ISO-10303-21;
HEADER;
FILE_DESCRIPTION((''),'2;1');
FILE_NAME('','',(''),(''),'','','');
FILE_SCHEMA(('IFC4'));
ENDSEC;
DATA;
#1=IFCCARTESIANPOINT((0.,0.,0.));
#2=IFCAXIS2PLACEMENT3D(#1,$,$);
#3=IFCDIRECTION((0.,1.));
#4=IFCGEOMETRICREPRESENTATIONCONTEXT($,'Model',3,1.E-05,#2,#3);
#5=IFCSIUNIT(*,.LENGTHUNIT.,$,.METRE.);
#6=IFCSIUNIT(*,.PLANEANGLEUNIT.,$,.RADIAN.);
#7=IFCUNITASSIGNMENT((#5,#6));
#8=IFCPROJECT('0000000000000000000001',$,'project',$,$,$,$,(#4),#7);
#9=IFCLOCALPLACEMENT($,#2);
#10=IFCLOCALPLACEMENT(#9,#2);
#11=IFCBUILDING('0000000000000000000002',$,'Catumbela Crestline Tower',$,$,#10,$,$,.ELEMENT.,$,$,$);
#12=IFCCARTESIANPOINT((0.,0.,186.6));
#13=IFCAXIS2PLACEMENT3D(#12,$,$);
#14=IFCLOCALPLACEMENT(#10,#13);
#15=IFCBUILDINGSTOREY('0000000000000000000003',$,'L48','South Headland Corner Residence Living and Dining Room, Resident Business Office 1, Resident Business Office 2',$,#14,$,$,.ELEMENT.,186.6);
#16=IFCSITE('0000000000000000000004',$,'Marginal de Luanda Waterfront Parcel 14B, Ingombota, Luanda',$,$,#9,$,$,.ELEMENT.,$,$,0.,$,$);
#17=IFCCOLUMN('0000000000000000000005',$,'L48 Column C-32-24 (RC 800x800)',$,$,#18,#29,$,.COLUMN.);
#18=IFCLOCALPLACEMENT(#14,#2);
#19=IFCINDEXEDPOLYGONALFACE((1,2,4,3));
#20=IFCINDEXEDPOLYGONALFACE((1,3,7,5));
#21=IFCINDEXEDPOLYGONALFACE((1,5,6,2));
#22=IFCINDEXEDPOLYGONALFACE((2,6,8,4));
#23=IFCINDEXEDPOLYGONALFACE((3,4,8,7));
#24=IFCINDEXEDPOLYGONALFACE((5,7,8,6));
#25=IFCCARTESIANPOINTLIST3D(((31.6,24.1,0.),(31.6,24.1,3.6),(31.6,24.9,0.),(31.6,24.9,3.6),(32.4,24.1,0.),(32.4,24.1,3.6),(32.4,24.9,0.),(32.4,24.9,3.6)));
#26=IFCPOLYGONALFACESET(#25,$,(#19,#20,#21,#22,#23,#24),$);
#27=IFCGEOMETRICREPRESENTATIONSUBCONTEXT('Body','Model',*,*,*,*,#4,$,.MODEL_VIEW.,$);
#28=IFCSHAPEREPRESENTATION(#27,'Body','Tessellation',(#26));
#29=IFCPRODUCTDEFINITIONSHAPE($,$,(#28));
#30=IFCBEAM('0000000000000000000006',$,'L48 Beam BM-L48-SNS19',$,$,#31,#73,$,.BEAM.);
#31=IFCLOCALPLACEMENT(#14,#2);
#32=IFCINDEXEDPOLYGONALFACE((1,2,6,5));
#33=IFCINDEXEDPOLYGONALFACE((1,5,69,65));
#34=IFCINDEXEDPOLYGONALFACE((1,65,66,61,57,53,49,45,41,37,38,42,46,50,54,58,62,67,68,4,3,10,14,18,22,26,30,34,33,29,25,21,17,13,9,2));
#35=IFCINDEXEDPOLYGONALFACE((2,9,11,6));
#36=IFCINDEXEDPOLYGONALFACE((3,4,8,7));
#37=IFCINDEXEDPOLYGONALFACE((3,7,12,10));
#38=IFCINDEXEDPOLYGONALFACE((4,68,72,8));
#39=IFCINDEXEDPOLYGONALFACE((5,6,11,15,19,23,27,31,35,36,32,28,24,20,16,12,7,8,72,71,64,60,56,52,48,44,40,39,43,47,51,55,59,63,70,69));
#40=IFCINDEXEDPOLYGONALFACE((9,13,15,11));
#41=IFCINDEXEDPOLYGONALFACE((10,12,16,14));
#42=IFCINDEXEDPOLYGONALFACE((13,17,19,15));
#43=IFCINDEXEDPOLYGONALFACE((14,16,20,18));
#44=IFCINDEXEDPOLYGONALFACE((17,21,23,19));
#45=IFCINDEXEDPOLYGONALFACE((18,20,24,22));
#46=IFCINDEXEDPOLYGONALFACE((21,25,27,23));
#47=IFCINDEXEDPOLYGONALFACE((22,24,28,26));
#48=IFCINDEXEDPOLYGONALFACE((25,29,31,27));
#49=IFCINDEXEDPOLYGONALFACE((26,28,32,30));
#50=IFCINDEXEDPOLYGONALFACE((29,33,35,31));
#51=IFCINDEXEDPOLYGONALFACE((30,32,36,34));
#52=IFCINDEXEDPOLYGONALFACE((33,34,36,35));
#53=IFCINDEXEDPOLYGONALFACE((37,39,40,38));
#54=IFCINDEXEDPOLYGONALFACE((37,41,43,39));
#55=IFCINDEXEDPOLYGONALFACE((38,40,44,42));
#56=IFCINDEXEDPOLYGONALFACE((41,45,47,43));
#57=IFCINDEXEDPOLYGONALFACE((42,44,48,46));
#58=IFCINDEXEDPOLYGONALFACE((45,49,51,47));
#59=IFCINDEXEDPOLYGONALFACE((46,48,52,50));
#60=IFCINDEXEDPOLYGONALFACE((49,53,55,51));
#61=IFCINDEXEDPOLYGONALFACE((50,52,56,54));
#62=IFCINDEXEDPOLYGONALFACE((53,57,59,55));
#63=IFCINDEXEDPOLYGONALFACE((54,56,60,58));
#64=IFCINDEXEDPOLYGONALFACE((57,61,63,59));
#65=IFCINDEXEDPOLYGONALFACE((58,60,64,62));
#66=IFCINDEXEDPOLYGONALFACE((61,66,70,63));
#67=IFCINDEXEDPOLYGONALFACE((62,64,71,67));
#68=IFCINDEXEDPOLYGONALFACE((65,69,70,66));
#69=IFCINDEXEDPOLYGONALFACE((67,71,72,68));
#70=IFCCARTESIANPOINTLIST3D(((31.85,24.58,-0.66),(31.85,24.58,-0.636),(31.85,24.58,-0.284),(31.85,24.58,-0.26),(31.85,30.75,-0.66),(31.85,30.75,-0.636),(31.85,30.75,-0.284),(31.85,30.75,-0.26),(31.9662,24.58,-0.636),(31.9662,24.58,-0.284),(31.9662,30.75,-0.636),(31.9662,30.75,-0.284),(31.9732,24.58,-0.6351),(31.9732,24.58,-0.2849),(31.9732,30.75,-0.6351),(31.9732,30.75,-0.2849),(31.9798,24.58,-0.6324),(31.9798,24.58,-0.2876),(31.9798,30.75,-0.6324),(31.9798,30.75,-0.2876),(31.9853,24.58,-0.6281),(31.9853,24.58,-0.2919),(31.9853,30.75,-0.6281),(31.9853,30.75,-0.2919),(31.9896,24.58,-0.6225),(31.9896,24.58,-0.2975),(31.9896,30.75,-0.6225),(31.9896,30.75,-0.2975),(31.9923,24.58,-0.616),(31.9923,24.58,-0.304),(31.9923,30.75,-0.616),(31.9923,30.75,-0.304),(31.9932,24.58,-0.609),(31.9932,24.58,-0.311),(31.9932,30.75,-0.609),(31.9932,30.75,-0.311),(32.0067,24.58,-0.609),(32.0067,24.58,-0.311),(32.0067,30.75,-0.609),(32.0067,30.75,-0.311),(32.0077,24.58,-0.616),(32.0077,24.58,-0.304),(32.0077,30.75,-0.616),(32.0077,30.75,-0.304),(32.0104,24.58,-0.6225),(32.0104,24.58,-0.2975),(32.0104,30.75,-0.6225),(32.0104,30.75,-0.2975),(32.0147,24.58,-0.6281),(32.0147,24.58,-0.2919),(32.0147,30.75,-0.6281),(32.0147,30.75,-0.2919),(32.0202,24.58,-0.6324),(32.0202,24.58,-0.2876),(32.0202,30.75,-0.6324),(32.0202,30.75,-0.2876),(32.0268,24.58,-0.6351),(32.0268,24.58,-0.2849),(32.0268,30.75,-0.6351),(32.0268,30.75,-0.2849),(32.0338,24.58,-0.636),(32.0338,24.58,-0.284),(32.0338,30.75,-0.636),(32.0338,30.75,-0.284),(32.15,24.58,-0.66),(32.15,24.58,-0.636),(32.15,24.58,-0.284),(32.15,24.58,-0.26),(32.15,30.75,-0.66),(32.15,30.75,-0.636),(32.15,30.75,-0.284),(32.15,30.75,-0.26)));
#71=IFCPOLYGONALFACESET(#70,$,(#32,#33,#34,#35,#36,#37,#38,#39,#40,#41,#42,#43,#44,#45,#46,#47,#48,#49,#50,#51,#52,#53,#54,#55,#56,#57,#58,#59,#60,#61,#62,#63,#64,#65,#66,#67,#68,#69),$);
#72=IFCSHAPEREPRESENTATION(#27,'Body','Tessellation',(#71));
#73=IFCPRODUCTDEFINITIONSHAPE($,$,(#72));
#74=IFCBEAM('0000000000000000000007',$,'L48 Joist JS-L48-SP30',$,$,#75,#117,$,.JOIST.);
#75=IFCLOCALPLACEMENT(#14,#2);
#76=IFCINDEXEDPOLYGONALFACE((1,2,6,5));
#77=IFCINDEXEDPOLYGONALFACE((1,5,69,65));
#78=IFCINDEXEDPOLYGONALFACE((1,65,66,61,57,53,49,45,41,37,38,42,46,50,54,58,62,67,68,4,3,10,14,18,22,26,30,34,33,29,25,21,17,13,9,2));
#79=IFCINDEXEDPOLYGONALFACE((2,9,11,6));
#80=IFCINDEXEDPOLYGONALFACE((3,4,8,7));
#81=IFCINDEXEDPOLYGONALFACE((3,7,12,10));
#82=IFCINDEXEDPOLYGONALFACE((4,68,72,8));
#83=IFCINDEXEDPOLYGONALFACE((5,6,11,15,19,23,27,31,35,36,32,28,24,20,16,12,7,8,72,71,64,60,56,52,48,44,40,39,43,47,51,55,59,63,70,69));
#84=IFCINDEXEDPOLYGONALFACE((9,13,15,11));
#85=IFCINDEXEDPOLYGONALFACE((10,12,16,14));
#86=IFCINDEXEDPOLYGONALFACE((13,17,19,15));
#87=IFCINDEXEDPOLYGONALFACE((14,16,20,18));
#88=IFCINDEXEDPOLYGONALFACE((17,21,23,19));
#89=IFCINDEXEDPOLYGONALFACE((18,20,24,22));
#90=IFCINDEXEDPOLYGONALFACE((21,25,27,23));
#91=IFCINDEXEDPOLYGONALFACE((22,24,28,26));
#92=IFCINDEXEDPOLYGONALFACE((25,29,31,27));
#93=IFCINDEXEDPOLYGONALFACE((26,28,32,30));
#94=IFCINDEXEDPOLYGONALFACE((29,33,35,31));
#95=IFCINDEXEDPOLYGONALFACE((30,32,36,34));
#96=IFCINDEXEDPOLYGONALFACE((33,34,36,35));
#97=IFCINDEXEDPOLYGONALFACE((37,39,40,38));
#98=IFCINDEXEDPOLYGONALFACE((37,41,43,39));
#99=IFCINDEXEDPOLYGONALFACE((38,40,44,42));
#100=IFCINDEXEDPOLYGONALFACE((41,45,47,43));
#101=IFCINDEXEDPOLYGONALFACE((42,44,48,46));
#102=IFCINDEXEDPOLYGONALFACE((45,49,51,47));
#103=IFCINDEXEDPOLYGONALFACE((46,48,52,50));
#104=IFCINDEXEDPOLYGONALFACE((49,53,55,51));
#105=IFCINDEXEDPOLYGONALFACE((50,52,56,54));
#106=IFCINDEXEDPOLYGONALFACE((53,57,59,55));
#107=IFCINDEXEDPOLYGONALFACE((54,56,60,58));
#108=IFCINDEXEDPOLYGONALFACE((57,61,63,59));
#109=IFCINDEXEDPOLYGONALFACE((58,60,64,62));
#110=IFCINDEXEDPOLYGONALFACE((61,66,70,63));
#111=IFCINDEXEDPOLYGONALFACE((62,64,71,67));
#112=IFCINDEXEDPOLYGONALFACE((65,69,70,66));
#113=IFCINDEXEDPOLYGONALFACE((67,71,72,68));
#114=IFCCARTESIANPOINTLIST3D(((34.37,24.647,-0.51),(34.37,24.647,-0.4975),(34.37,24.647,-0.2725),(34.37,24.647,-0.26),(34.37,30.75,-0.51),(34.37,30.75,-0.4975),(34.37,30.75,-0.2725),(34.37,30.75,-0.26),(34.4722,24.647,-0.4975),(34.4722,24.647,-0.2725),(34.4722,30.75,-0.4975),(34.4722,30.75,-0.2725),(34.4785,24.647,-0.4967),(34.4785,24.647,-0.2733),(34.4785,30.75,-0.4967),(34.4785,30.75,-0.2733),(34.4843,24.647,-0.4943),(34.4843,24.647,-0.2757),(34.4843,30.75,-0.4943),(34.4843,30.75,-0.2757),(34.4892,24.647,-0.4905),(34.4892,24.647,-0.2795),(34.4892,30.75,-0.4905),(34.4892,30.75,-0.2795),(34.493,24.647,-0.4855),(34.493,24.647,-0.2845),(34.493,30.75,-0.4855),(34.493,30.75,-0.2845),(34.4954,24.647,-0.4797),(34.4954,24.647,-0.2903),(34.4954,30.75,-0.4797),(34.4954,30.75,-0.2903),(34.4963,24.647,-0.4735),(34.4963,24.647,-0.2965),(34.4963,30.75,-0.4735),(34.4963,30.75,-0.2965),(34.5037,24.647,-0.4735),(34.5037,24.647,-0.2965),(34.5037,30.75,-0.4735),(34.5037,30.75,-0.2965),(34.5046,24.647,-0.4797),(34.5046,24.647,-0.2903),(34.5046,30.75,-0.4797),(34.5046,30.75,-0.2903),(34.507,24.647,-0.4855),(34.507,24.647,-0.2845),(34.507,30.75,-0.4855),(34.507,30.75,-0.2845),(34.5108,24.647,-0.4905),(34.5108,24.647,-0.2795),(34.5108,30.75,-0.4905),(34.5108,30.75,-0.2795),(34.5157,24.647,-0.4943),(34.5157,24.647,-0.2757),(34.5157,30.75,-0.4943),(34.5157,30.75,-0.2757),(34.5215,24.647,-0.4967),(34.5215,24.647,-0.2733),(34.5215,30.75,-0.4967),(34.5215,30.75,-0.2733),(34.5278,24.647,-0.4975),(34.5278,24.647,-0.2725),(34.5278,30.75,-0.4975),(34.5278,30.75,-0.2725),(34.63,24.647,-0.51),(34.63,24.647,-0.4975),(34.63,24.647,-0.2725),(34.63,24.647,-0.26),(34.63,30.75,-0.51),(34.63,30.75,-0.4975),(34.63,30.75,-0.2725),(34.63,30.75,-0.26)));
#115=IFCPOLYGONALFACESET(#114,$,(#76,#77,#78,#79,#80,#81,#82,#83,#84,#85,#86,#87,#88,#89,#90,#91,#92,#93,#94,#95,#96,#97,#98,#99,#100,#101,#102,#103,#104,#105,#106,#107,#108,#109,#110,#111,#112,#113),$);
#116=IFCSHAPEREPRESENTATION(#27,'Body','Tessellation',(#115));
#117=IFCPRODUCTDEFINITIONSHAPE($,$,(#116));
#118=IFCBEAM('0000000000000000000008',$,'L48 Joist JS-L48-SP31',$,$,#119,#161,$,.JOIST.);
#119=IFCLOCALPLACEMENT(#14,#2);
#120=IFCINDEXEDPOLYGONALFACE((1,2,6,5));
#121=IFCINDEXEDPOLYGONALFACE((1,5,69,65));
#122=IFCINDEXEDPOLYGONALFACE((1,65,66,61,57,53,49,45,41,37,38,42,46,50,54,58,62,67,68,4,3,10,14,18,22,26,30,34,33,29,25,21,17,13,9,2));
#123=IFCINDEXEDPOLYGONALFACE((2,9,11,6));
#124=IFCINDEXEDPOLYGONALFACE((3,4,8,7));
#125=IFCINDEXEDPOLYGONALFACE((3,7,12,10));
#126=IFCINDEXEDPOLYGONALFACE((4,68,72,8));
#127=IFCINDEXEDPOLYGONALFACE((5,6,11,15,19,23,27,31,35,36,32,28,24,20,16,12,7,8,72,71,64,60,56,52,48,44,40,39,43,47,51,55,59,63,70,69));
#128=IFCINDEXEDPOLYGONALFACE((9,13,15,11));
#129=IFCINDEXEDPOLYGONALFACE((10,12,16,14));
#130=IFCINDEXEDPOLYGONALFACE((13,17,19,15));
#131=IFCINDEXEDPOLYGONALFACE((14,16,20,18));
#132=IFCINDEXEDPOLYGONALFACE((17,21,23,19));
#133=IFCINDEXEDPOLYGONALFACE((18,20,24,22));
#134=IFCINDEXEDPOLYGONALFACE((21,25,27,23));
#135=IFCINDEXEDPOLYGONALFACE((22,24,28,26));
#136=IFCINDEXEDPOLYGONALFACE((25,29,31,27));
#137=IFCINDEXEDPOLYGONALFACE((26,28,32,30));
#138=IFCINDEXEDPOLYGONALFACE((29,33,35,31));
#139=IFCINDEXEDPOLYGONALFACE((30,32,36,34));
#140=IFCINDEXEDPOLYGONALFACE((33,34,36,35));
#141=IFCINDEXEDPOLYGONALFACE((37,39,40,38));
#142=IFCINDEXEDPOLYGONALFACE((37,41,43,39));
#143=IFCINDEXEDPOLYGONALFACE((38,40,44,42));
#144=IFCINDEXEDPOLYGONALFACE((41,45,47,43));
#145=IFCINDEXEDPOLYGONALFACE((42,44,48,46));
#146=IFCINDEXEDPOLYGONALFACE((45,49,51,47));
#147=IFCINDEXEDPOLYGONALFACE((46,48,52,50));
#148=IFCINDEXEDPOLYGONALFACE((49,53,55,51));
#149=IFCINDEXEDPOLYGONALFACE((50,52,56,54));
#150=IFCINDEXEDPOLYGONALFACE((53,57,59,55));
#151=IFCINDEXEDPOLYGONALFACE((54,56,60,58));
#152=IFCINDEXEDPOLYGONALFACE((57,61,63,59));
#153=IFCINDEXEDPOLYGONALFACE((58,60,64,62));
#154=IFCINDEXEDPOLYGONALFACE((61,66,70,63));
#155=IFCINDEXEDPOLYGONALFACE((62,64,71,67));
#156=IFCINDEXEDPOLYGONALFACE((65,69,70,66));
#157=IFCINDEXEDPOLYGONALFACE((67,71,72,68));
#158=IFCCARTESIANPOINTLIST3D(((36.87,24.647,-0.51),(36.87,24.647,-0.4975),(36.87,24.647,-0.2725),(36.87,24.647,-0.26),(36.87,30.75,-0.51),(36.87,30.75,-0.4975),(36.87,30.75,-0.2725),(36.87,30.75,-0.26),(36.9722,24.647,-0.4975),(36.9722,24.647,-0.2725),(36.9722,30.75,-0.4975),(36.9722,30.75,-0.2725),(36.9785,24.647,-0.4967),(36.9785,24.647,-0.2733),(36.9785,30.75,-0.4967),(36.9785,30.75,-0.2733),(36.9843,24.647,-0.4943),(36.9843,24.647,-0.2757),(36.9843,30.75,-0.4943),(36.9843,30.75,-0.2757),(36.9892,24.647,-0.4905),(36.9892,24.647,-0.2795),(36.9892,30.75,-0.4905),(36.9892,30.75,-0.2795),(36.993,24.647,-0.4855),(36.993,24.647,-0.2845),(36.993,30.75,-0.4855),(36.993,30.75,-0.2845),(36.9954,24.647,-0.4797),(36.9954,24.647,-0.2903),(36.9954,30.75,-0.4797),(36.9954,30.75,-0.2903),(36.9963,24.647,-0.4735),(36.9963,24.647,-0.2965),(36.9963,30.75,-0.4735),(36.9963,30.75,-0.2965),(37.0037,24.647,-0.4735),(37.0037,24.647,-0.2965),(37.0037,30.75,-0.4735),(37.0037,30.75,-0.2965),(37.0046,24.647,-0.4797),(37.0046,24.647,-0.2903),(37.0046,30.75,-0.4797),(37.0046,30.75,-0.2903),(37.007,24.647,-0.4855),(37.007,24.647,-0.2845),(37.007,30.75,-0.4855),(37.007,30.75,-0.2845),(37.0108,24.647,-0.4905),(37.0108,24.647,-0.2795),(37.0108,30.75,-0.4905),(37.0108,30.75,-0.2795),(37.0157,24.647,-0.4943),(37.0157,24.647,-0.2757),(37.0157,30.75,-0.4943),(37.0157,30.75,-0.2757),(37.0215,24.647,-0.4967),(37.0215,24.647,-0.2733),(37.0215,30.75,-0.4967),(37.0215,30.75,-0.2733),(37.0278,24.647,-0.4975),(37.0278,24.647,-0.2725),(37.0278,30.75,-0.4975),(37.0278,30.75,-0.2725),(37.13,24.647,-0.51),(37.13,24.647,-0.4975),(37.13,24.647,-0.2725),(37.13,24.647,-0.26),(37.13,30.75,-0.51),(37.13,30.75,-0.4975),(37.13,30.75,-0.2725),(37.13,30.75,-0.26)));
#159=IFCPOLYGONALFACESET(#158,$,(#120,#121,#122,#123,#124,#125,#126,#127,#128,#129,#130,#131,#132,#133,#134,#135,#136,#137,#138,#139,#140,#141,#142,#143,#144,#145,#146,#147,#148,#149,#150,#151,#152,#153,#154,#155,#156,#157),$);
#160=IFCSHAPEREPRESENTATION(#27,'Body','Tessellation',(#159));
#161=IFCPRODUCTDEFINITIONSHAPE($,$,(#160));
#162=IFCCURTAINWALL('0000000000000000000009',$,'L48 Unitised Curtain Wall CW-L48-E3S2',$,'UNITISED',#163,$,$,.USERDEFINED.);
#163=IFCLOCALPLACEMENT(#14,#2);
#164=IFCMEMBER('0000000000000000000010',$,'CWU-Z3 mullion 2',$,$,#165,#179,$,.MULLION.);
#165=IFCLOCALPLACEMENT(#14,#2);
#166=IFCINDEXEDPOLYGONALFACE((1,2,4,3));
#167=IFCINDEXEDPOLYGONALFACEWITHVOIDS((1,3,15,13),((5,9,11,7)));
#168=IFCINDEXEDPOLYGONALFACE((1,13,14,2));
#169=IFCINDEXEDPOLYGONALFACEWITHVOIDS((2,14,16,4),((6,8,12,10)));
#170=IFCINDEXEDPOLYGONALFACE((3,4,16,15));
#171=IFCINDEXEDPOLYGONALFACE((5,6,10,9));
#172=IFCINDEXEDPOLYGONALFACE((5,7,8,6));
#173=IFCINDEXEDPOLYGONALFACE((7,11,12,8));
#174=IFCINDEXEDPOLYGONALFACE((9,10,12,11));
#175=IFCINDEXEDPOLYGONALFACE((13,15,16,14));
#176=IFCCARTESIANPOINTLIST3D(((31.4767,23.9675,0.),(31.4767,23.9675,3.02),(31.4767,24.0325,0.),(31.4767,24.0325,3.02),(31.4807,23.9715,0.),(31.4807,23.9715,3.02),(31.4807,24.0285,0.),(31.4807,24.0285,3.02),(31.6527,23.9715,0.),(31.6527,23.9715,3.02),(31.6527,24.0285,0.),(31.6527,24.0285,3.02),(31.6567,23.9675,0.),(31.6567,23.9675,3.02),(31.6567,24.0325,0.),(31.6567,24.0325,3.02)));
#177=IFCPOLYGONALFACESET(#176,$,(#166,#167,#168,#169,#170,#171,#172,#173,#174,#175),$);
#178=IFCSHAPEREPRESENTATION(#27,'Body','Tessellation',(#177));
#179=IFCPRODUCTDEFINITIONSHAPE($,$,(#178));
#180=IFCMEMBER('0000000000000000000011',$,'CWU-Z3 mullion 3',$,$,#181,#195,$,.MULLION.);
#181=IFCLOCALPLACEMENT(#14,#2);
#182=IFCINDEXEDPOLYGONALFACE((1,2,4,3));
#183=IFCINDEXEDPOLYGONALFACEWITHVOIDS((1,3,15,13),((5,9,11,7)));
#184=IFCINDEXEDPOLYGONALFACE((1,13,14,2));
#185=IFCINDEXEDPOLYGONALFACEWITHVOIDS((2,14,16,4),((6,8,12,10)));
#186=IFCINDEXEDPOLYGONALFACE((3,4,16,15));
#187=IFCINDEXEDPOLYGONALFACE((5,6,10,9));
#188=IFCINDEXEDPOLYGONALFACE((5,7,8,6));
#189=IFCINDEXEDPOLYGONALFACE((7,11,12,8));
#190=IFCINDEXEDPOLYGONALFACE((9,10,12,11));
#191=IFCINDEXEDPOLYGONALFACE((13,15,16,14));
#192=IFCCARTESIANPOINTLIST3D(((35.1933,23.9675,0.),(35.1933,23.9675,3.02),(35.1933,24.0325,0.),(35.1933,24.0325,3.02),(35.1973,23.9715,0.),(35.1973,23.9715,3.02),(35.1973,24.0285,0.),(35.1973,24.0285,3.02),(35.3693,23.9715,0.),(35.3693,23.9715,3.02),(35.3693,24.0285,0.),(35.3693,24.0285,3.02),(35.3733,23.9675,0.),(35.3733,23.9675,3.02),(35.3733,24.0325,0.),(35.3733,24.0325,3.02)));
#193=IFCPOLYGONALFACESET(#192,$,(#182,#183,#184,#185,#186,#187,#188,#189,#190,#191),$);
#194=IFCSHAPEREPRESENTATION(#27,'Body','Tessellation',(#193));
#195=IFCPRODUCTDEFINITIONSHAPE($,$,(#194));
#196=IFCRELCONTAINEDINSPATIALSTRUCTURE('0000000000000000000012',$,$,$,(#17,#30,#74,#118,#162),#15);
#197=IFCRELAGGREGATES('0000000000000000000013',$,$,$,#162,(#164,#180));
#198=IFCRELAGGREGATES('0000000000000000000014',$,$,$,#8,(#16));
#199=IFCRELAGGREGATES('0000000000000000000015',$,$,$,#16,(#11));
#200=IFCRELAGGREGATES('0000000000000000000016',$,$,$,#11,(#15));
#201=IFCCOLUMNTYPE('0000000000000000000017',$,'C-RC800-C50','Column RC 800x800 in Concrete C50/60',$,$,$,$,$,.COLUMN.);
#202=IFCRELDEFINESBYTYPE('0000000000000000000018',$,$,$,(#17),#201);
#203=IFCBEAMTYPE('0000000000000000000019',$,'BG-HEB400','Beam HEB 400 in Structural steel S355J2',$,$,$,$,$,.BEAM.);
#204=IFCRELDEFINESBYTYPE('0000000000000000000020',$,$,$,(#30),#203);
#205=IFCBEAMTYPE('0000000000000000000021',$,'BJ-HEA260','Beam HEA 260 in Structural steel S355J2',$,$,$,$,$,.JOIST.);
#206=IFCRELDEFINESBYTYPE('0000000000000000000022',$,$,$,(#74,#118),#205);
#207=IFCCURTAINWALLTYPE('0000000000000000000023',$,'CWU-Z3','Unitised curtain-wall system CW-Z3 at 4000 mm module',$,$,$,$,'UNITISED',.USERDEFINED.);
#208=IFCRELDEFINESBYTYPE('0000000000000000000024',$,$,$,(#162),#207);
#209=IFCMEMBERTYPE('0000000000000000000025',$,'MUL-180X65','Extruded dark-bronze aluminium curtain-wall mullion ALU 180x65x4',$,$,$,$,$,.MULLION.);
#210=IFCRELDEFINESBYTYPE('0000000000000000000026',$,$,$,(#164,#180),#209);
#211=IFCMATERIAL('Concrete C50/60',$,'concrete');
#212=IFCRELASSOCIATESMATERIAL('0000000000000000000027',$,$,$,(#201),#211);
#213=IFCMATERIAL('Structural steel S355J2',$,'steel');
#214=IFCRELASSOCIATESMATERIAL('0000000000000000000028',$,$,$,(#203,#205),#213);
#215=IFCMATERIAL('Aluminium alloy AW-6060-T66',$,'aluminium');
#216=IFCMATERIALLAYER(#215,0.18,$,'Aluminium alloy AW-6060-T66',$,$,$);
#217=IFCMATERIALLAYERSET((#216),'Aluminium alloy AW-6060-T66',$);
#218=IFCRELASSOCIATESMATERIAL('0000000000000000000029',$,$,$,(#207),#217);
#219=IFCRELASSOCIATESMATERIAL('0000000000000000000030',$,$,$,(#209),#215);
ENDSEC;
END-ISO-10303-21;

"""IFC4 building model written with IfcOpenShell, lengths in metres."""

from ifc_helpers import new_model, si_unit, direction, frame, origin, origin_2d, place, context, subcontext, project, spatial, rectangle, hollow_rectangle, i_section, extrude, material, layer, layer_set, material_profile, profile_set, type_object, element, aggregate, save


model = new_model("IFC4")

# Units and contexts
model_context = context("Model", 3, precision=1e-05, world=origin(), true_north=direction((0.0, 1.0)))
body_context = subcontext(model_context, "Body", "Model", "MODEL_VIEW")
ifc_project = project(units=[si_unit("LENGTHUNIT", "METRE"), si_unit("PLANEANGLEUNIT", "RADIAN")], contexts=[model_context])

# Site, building, storey
site_placement = place(None, origin())
site = spatial("IfcSite", under=ifc_project, at=site_placement, Name="Marginal de Luanda Waterfront Parcel 14B, Ingombota, Luanda", CompositionType="ELEMENT", RefElevation=0.0)
building_placement = place(site_placement, origin())
building = spatial("IfcBuilding", under=site, at=building_placement, Name="Catumbela Crestline Tower", CompositionType="ELEMENT")
storey_placement = place(building_placement, frame((0.0, 0.0, 186.6)))
storey = spatial("IfcBuildingStorey", under=building, at=storey_placement, Name="L48", Description="South Headland Corner Residence Living and Dining Room, Resident Business Office 1, Resident Business Office 2", CompositionType="ELEMENT", Elevation=186.6)

# Column
ifc_material_1 = material(Name="Concrete C50/60", Category="concrete")
ifc_material_profile_1 = material_profile(ifc_material_1, rectangle(XDim=0.8, YDim=0.8, at=origin_2d()), Name="RC 800x800")
ifc_profile_set_1 = profile_set([ifc_material_profile_1], Name="Concrete C50/60")
column_type = type_object("IfcColumnType", Name="C-RC800-C50", Description="Column RC 800x800 in Concrete C50/60", PredefinedType="COLUMN", material=ifc_profile_set_1)
column_placement = place(storey_placement, frame((32.0, 24.5, 0.0), z_axis=(0.0, 0.0, 1.0), x_axis=(1.0, 0.0, 0.0)))
element("IfcColumn", 1, at=column_placement, inside=storey, type_object=column_type, Name="L48 Column C-32-24 (RC 800x800)", PredefinedType="COLUMN", context=body_context, shape_type="SweptSolid", body=[
    extrude(rectangle(XDim=0.8, YDim=0.8, at=origin_2d()), origin(), (0.0, 0.0, 1.0), 3.6),
])

# Beams
ifc_material_2 = material(Name="Structural steel S355J2", Category="steel")
ifc_material_profile_2 = material_profile(ifc_material_2, i_section(OverallWidth=0.3, OverallDepth=0.4, WebThickness=0.0135, FlangeThickness=0.024, FilletRadius=0.027, at=origin_2d()), Name="HEB 400")
ifc_profile_set_2 = profile_set([ifc_material_profile_2], Name="Structural steel S355J2")
beam_type_1 = type_object("IfcBeamType", Name="BG-HEB400", Description="Beam HEB 400 in Structural steel S355J2", PredefinedType="BEAM", material=ifc_profile_set_2)
beam_1_placement = place(storey_placement, frame((32.0, 24.58, -0.46), z_axis=(0.0, 1.0, 0.0), x_axis=(-1.0, 0.0, 0.0)))
element("IfcBeam", 2, at=beam_1_placement, inside=storey, type_object=beam_type_1, Name="L48 Beam BM-L48-SNS19", PredefinedType="BEAM", context=body_context, shape_type="SweptSolid", body=[
    extrude(i_section(OverallWidth=0.3, OverallDepth=0.4, WebThickness=0.0135, FlangeThickness=0.024, FilletRadius=0.027, at=origin_2d()), origin(), (0.0, 0.0, 1.0), 6.17),
])
ifc_material_profile_3 = material_profile(ifc_material_2, i_section(OverallWidth=0.26, OverallDepth=0.25, WebThickness=0.0075, FlangeThickness=0.0125, FilletRadius=0.024, at=origin_2d()), Name="HEA 260")
ifc_profile_set_3 = profile_set([ifc_material_profile_3], Name="Structural steel S355J2")
beam_type_2 = type_object("IfcBeamType", Name="BJ-HEA260", Description="Beam HEA 260 in Structural steel S355J2", PredefinedType="JOIST", material=ifc_profile_set_3)
for number, where, z_axis, x_axis, name in (
    (3, (34.5, 24.647, -0.385), (0.0, 1.0, 0.0), (-1.0, 0.0, 0.0), "L48 Joist JS-L48-SP30"),
    (4, (37.0, 24.647, -0.385), (0.0, 1.0, 0.0), (-1.0, 0.0, 0.0), "L48 Joist JS-L48-SP31"),
):
    element("IfcBeam", number, at=place(storey_placement, frame(where, z_axis=z_axis, x_axis=x_axis)), inside=storey, type_object=beam_type_2, Name=name, PredefinedType="JOIST", context=body_context, shape_type="SweptSolid", body=[
        extrude(i_section(OverallWidth=0.26, OverallDepth=0.25, WebThickness=0.0075, FlangeThickness=0.0125, FilletRadius=0.024, at=origin_2d()), origin(), (0.0, 0.0, 1.0), 6.103),
    ])

# Curtain wall, members
ifc_material_3 = material(Name="Aluminium alloy AW-6060-T66", Category="aluminium")
ifc_layer_1 = layer(ifc_material_3, 0.18, Name="Aluminium alloy AW-6060-T66")
ifc_layer_set_1 = layer_set([ifc_layer_1], Name="Aluminium alloy AW-6060-T66")
curtain_wall_type = type_object("IfcCurtainWallType", Name="CWU-Z3", Description="Unitised curtain-wall system CW-Z3 at 4000 mm module", ElementType="UNITISED", PredefinedType="USERDEFINED", material=ifc_layer_set_1)
curtain_wall_placement = place(storey_placement, origin())
curtain_wall = element("IfcCurtainWall", 5, at=curtain_wall_placement, inside=storey, type_object=curtain_wall_type, Name="L48 Unitised Curtain Wall CW-L48-E3S2", ObjectType="UNITISED", PredefinedType="USERDEFINED")
ifc_material_profile_4 = material_profile(ifc_material_3, hollow_rectangle(XDim=0.065, YDim=0.18, WallThickness=0.004, at=origin_2d()), Name="ALU 180x65x4")
ifc_profile_set_4 = profile_set([ifc_material_profile_4], Name="Aluminium alloy AW-6060-T66")
member_type_1 = type_object("IfcMemberType", Name="MUL-180X65", Description="Extruded dark-bronze aluminium curtain-wall mullion ALU 180x65x4", PredefinedType="MULLION", material=ifc_profile_set_4)
member_1_placement = place(storey_placement, frame((31.5667, 24.0, 0.0), z_axis=(0.0, 0.0, 1.0), x_axis=(0.0, 1.0, 0.0)))
member_1 = element("IfcMember", 6, at=member_1_placement, type_object=member_type_1, Name="CWU-Z3 mullion 2", PredefinedType="MULLION", context=body_context, shape_type="SweptSolid", body=[
    extrude(hollow_rectangle(XDim=0.065, YDim=0.18, WallThickness=0.004, at=origin_2d()), origin(), (0.0, 0.0, 1.0), 3.02),
])
member_2_placement = place(storey_placement, frame((35.2833, 24.0, 0.0), z_axis=(0.0, 0.0, 1.0), x_axis=(0.0, 1.0, 0.0)))
member_2 = element("IfcMember", 7, at=member_2_placement, type_object=member_type_1, Name="CWU-Z3 mullion 3", PredefinedType="MULLION", context=body_context, shape_type="SweptSolid", body=[
    extrude(hollow_rectangle(XDim=0.065, YDim=0.18, WallThickness=0.004, at=origin_2d()), origin(), (0.0, 0.0, 1.0), 3.02),
])

aggregate(curtain_wall, [member_1, member_2])

save(model, "model.ifc")
